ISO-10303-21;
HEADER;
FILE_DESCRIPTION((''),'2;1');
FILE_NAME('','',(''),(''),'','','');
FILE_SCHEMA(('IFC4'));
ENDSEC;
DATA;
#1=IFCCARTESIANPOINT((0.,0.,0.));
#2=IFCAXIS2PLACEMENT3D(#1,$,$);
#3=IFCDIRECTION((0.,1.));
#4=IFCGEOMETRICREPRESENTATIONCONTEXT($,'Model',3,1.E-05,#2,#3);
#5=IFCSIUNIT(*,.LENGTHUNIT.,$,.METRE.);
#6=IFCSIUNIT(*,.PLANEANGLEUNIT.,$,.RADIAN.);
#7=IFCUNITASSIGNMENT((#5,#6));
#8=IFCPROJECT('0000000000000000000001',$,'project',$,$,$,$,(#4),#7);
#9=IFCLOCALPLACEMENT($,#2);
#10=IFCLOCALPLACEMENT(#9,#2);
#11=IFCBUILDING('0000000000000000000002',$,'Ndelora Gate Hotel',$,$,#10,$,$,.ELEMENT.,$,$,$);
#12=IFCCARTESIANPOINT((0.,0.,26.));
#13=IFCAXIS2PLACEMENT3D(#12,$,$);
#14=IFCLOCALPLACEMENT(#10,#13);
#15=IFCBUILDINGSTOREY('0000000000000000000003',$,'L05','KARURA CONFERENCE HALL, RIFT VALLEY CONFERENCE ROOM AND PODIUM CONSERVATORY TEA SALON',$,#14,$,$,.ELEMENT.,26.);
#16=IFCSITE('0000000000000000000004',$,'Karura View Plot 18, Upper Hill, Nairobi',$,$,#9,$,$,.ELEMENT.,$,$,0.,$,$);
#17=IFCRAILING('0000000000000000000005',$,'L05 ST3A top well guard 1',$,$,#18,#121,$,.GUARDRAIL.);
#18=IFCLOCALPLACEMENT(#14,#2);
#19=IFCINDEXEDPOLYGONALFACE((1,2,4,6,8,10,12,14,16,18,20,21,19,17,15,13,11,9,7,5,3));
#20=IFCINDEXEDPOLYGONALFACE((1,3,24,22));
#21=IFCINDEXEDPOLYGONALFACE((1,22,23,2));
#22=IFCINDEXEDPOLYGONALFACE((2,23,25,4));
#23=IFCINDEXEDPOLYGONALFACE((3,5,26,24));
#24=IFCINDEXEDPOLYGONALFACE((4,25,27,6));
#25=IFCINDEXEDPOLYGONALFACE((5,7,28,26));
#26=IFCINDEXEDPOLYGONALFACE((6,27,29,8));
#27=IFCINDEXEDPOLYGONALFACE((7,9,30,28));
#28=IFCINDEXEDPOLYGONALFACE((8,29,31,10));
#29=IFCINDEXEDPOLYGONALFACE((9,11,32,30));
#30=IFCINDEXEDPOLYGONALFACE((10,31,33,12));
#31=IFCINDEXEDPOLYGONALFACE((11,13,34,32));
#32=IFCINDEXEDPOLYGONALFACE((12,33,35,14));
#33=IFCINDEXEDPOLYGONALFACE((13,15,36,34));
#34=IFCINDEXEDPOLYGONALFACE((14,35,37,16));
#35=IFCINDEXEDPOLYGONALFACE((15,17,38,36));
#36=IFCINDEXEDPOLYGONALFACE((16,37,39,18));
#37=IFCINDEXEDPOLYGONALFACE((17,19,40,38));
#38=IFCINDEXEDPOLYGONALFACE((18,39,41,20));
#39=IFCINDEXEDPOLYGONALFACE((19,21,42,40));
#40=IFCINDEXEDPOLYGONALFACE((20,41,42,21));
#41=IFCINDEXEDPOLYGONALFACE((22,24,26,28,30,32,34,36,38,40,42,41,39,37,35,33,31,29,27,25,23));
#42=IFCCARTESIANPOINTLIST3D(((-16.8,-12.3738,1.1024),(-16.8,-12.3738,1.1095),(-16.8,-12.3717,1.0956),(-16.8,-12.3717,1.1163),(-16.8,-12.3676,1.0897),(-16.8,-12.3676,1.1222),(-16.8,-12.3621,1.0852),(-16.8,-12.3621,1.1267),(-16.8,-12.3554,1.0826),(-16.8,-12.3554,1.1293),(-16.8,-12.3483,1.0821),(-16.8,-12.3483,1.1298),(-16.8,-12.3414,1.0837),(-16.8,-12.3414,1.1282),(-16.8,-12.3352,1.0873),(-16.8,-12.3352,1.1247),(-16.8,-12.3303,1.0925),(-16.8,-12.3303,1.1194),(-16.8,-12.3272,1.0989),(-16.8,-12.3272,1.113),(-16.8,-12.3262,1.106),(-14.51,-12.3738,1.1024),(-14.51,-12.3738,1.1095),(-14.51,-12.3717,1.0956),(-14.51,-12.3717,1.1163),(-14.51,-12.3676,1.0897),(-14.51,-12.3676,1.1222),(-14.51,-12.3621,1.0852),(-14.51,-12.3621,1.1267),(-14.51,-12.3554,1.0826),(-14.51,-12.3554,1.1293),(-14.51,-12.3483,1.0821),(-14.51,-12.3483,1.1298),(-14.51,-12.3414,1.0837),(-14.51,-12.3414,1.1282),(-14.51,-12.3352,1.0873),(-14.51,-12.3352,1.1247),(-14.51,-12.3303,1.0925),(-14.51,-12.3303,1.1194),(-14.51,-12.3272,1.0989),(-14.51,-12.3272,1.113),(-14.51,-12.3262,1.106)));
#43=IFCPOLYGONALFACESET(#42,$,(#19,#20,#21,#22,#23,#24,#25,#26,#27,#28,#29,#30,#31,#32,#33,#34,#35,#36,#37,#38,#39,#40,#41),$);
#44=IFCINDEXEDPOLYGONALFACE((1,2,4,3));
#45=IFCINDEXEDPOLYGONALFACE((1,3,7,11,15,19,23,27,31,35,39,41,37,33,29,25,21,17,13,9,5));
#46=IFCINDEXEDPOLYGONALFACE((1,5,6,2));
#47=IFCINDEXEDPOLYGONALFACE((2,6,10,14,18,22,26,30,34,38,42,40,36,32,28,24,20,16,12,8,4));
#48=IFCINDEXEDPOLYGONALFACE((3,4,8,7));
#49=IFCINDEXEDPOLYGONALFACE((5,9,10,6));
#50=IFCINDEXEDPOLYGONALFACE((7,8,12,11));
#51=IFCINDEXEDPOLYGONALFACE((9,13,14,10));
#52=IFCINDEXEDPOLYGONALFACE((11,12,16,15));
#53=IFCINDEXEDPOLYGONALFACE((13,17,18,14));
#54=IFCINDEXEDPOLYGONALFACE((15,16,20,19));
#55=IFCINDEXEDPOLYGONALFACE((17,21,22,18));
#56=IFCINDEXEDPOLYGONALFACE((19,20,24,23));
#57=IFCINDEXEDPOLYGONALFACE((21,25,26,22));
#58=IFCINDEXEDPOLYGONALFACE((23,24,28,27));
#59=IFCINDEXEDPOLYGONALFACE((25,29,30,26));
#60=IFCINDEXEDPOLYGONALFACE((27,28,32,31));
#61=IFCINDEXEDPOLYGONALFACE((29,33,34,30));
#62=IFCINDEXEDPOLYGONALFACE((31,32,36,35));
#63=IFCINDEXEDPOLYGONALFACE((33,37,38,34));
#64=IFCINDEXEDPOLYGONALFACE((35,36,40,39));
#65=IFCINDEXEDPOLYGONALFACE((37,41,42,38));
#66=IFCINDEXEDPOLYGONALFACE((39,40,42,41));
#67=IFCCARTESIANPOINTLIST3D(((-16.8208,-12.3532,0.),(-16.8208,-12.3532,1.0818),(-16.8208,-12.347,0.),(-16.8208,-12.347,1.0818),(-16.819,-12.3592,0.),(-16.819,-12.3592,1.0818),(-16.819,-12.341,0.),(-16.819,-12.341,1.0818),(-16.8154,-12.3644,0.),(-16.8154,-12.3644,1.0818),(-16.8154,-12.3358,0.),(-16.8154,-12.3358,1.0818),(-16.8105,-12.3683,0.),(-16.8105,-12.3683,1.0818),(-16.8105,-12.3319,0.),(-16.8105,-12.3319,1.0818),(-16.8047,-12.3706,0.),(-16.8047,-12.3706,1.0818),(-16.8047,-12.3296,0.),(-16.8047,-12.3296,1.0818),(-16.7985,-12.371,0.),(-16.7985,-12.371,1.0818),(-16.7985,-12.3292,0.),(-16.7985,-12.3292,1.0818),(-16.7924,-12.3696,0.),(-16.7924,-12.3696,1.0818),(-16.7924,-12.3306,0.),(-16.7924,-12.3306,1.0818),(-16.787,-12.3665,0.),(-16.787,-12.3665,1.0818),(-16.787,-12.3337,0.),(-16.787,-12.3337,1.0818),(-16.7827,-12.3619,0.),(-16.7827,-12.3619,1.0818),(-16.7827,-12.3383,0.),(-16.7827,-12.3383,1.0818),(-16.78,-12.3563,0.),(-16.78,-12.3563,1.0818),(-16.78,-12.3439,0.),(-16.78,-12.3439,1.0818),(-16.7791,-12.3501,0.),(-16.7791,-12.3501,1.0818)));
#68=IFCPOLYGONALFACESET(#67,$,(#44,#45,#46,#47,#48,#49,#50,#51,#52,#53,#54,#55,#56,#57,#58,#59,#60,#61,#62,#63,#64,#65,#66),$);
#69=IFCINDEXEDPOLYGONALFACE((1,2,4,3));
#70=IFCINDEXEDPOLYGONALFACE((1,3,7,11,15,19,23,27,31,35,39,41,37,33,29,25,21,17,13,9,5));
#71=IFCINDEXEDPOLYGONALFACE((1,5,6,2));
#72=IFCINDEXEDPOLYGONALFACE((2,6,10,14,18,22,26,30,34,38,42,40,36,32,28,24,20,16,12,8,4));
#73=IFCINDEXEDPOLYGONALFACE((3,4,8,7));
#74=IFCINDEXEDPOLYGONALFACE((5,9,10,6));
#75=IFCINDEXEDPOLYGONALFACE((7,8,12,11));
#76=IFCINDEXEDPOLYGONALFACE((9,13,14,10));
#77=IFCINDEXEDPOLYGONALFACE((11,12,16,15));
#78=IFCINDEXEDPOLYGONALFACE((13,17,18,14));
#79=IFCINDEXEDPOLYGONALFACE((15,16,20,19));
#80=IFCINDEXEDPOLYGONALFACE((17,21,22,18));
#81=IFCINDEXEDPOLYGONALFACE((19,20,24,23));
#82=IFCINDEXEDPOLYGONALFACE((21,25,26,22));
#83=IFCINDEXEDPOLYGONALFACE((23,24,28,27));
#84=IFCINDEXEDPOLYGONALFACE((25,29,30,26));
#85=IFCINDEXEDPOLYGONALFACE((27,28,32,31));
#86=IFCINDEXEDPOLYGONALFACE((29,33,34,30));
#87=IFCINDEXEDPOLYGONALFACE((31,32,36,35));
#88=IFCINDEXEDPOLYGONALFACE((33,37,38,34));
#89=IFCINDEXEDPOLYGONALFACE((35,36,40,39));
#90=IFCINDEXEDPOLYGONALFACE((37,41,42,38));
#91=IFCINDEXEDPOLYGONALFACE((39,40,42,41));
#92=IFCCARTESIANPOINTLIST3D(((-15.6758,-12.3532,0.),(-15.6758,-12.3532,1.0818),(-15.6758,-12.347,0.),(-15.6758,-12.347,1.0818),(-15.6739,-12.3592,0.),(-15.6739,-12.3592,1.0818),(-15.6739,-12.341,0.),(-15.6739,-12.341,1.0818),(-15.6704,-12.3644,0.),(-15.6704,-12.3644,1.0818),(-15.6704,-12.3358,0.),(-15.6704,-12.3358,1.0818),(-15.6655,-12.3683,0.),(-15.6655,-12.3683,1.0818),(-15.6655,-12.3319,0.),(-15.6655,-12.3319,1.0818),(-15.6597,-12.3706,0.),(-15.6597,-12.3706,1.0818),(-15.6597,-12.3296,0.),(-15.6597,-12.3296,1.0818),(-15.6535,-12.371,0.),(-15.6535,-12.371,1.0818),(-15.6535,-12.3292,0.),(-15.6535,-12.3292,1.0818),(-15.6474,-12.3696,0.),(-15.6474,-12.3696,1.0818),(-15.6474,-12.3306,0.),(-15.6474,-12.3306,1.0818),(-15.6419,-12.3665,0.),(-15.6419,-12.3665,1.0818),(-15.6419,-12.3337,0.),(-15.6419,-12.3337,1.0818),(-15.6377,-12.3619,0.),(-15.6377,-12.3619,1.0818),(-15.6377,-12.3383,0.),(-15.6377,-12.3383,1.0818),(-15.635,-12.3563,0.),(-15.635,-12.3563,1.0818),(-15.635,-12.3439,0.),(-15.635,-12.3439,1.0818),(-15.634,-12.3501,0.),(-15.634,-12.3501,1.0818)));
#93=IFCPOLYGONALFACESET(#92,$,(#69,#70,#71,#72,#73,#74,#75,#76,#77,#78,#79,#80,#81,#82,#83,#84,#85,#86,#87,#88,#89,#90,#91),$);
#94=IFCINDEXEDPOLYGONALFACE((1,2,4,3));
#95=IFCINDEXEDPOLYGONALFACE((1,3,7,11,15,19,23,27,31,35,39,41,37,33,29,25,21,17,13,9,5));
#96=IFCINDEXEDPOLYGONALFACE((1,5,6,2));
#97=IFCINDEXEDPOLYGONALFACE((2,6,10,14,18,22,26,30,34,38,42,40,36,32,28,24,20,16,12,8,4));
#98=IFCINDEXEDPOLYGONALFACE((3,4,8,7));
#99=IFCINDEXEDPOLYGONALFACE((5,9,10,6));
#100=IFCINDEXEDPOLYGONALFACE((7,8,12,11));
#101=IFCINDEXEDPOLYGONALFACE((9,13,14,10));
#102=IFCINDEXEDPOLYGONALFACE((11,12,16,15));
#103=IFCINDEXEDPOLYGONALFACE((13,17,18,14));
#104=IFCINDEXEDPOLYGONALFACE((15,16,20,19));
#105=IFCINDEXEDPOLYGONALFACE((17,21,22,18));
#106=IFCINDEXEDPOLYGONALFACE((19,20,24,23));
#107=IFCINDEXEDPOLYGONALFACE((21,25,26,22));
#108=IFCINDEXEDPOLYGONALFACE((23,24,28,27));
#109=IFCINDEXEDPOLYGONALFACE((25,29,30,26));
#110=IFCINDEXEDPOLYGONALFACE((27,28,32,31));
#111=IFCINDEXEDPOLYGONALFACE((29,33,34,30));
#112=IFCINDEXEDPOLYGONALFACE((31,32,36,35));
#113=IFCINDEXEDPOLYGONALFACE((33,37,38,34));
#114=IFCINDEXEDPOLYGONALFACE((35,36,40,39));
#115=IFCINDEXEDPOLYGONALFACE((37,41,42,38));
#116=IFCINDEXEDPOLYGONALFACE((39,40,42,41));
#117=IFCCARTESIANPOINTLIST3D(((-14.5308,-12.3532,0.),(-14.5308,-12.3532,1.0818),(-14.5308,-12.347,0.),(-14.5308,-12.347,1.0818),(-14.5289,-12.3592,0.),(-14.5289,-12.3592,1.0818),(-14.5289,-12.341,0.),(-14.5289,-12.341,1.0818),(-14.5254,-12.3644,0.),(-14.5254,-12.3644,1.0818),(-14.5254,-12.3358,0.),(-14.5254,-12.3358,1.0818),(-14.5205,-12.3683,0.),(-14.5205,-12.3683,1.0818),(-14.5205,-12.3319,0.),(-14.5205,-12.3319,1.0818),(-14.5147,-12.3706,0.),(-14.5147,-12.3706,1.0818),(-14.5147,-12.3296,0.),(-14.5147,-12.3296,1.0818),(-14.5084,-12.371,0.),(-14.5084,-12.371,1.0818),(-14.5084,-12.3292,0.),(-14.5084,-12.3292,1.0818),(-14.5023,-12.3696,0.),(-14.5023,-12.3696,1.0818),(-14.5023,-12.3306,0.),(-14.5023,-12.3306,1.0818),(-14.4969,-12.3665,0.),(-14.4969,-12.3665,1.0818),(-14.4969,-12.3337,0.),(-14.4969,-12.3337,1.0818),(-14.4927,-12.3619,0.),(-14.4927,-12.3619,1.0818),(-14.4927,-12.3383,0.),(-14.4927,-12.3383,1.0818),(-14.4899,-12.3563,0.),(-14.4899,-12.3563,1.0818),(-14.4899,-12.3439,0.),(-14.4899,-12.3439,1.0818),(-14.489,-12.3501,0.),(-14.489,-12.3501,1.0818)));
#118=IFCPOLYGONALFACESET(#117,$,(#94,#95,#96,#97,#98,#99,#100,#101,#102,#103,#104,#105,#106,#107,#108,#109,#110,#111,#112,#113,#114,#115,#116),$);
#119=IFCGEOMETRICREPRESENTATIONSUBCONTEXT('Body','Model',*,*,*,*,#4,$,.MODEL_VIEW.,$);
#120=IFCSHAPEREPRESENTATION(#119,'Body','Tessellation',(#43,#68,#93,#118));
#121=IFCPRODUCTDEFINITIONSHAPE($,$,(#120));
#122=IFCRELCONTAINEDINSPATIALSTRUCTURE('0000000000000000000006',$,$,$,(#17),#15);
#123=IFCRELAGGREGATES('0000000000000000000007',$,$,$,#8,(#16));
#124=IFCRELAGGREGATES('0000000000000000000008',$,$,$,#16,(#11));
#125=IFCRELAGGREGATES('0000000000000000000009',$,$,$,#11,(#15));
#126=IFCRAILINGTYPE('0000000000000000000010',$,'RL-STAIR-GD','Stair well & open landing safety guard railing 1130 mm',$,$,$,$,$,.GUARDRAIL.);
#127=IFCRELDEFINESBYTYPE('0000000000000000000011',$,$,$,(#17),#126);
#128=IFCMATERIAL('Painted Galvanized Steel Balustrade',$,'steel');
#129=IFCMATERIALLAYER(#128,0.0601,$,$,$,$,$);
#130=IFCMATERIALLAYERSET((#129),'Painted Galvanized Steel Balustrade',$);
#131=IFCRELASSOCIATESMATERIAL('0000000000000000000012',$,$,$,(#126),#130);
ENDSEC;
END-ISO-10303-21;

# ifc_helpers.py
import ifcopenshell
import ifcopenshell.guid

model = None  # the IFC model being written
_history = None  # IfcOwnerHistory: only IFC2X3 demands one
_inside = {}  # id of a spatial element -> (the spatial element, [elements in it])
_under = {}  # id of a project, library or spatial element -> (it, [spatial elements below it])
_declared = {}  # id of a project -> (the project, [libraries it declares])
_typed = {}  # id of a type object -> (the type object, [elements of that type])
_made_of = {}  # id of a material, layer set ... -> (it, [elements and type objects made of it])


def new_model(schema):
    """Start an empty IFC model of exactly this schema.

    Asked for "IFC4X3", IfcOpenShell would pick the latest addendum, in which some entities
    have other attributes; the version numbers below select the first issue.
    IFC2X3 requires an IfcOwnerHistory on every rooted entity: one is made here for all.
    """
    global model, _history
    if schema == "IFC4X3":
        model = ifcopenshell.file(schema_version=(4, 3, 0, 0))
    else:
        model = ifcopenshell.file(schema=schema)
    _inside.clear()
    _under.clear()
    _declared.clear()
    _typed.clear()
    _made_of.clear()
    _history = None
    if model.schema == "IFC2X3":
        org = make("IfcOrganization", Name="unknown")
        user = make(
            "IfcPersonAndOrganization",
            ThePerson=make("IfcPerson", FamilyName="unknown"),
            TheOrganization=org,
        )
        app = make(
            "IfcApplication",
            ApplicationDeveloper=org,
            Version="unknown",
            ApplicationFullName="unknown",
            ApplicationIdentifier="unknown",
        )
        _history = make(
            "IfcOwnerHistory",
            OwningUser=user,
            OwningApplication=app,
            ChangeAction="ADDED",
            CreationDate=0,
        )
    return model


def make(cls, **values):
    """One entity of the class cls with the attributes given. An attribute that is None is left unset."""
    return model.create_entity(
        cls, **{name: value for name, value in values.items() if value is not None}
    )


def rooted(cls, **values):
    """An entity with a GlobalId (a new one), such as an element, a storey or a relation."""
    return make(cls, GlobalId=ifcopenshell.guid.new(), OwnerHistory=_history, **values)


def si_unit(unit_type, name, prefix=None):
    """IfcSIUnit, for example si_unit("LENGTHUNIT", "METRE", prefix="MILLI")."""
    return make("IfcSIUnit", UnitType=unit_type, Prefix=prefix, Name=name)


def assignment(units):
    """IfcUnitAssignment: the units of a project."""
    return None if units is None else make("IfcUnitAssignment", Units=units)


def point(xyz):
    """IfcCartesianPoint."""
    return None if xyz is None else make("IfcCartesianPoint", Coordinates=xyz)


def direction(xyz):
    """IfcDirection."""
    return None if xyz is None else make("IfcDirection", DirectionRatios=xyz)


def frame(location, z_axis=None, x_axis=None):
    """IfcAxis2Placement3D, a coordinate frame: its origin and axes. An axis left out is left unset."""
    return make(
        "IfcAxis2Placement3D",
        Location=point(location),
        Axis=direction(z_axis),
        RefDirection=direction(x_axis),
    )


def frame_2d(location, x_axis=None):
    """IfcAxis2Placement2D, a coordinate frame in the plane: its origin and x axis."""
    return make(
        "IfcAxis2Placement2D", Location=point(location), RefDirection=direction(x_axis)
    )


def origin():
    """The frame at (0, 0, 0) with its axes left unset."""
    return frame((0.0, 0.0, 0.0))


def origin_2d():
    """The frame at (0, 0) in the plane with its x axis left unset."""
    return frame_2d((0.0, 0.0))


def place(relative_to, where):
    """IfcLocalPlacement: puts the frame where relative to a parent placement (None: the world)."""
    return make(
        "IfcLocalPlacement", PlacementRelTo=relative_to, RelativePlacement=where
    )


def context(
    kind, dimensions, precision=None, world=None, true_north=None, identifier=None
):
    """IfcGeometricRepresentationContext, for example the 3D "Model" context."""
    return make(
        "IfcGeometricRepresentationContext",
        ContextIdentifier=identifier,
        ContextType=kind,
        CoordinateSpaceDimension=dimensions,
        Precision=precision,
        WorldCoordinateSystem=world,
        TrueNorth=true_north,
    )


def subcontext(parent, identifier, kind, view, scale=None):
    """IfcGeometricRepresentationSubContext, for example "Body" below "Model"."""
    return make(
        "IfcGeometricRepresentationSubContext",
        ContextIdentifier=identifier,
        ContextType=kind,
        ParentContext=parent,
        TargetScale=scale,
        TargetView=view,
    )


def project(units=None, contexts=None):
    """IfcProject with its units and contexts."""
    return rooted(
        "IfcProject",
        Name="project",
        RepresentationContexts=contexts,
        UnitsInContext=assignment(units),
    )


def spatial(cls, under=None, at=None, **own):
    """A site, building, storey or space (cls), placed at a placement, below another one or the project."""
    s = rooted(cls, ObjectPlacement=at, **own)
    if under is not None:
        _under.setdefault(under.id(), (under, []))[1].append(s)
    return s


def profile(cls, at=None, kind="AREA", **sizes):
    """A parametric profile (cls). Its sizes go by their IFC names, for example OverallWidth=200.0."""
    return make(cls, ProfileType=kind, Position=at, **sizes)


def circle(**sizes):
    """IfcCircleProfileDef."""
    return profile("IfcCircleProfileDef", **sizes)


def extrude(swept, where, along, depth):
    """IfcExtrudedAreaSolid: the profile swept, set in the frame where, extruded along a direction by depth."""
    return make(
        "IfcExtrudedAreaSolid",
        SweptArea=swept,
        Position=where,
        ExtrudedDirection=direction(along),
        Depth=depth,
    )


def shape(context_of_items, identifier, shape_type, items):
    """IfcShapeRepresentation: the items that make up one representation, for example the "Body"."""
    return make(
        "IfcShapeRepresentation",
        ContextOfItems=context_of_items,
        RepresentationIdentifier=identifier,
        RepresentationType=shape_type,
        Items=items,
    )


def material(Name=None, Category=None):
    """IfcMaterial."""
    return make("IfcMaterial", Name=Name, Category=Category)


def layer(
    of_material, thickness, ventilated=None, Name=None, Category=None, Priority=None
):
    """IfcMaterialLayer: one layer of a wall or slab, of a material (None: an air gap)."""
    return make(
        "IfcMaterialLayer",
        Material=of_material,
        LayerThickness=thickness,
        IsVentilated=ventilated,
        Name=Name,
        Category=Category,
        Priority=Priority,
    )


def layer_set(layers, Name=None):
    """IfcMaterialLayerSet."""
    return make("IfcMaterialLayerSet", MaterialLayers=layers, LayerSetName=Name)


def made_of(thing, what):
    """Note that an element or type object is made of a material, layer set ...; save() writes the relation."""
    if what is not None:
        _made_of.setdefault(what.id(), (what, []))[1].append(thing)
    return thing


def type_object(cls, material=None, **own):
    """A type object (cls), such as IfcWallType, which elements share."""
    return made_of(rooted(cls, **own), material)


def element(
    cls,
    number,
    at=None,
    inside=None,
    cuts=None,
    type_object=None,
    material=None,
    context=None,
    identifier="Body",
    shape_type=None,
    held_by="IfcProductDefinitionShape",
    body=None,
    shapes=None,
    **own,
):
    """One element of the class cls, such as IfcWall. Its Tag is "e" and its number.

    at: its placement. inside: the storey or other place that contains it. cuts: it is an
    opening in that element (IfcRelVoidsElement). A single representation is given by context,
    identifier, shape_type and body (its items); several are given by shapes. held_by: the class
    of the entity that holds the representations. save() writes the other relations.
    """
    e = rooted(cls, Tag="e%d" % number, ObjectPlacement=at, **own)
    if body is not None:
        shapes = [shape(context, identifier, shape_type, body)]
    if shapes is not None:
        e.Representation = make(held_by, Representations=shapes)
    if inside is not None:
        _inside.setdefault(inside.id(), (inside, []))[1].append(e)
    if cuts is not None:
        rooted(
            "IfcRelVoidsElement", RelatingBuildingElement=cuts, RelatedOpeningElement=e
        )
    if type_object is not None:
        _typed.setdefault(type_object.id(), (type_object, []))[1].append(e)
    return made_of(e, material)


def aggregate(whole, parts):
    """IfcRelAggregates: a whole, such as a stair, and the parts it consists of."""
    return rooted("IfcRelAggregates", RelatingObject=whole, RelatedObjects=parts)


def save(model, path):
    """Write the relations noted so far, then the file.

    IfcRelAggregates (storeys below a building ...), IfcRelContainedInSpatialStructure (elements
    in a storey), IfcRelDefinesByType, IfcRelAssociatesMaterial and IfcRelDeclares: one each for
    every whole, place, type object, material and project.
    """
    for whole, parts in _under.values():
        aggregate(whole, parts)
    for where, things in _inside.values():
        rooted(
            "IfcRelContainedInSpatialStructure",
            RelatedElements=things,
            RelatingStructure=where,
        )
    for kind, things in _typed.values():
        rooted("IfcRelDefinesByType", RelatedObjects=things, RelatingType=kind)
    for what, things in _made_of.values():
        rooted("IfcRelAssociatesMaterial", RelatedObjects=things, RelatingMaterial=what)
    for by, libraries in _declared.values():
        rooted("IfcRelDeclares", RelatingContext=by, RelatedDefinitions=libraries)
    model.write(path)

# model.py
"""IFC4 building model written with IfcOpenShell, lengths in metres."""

from ifc_helpers import new_model, si_unit, direction, frame, origin, origin_2d, place, context, subcontext, project, spatial, circle, extrude, material, layer, layer_set, type_object, element, save


model = new_model("IFC4")

# Units and contexts
model_context = context("Model", 3, precision=1e-05, world=origin(), true_north=direction((0.0, 1.0)))
body_context = subcontext(model_context, "Body", "Model", "MODEL_VIEW")
ifc_project = project(units=[si_unit("LENGTHUNIT", "METRE"), si_unit("PLANEANGLEUNIT", "RADIAN")], contexts=[model_context])

# Site, building, storey
site_placement = place(None, origin())
site = spatial("IfcSite", under=ifc_project, at=site_placement, Name="Karura View Plot 18, Upper Hill, Nairobi", CompositionType="ELEMENT", RefElevation=0.0)
building_placement = place(site_placement, origin())
building = spatial("IfcBuilding", under=site, at=building_placement, Name="Ndelora Gate Hotel", CompositionType="ELEMENT")
storey_placement = place(building_placement, frame((0.0, 0.0, 26.0)))
storey = spatial("IfcBuildingStorey", under=building, at=storey_placement, Name="L05", Description="KARURA CONFERENCE HALL, RIFT VALLEY CONFERENCE ROOM AND PODIUM CONSERVATORY TEA SALON", CompositionType="ELEMENT", Elevation=26.0)

# Railing
ifc_material_1 = material(Name="Painted Galvanized Steel Balustrade", Category="steel")
ifc_layer_1 = layer(ifc_material_1, 0.0601)
ifc_layer_set_1 = layer_set([ifc_layer_1], Name="Painted Galvanized Steel Balustrade")
railing_type = type_object("IfcRailingType", Name="RL-STAIR-GD", Description="Stair well & open landing safety guard railing 1130 mm", PredefinedType="GUARDRAIL", material=ifc_layer_set_1)
railing_1_placement = place(storey_placement, frame((-16.8, -12.3501, 0.0)))
element("IfcRailing", 1, at=railing_1_placement, inside=storey, type_object=railing_type, Name="L05 ST3A top well guard 1", PredefinedType="GUARDRAIL", context=body_context, shape_type="SweptSolid", body=[
    extrude(circle(Radius=0.0239, at=origin_2d()), frame((0.0, 0.0, 1.106), z_axis=(1.0, 0.0, 0.0), x_axis=(0.0, 1.0, 0.0)), (0.0, 0.0, 1.0), 2.29),
    extrude(circle(Radius=0.021, at=origin_2d()), origin(), (0.0, 0.0, 1.0), 1.0818),
    extrude(circle(Radius=0.021, at=origin_2d()), frame((1.145, 0.0, 0.0)), (0.0, 0.0, 1.0), 1.0818),
    extrude(circle(Radius=0.021, at=origin_2d()), frame((2.29, 0.0, 0.0)), (0.0, 0.0, 1.0), 1.0818),
])

save(model, "model.ifc")
